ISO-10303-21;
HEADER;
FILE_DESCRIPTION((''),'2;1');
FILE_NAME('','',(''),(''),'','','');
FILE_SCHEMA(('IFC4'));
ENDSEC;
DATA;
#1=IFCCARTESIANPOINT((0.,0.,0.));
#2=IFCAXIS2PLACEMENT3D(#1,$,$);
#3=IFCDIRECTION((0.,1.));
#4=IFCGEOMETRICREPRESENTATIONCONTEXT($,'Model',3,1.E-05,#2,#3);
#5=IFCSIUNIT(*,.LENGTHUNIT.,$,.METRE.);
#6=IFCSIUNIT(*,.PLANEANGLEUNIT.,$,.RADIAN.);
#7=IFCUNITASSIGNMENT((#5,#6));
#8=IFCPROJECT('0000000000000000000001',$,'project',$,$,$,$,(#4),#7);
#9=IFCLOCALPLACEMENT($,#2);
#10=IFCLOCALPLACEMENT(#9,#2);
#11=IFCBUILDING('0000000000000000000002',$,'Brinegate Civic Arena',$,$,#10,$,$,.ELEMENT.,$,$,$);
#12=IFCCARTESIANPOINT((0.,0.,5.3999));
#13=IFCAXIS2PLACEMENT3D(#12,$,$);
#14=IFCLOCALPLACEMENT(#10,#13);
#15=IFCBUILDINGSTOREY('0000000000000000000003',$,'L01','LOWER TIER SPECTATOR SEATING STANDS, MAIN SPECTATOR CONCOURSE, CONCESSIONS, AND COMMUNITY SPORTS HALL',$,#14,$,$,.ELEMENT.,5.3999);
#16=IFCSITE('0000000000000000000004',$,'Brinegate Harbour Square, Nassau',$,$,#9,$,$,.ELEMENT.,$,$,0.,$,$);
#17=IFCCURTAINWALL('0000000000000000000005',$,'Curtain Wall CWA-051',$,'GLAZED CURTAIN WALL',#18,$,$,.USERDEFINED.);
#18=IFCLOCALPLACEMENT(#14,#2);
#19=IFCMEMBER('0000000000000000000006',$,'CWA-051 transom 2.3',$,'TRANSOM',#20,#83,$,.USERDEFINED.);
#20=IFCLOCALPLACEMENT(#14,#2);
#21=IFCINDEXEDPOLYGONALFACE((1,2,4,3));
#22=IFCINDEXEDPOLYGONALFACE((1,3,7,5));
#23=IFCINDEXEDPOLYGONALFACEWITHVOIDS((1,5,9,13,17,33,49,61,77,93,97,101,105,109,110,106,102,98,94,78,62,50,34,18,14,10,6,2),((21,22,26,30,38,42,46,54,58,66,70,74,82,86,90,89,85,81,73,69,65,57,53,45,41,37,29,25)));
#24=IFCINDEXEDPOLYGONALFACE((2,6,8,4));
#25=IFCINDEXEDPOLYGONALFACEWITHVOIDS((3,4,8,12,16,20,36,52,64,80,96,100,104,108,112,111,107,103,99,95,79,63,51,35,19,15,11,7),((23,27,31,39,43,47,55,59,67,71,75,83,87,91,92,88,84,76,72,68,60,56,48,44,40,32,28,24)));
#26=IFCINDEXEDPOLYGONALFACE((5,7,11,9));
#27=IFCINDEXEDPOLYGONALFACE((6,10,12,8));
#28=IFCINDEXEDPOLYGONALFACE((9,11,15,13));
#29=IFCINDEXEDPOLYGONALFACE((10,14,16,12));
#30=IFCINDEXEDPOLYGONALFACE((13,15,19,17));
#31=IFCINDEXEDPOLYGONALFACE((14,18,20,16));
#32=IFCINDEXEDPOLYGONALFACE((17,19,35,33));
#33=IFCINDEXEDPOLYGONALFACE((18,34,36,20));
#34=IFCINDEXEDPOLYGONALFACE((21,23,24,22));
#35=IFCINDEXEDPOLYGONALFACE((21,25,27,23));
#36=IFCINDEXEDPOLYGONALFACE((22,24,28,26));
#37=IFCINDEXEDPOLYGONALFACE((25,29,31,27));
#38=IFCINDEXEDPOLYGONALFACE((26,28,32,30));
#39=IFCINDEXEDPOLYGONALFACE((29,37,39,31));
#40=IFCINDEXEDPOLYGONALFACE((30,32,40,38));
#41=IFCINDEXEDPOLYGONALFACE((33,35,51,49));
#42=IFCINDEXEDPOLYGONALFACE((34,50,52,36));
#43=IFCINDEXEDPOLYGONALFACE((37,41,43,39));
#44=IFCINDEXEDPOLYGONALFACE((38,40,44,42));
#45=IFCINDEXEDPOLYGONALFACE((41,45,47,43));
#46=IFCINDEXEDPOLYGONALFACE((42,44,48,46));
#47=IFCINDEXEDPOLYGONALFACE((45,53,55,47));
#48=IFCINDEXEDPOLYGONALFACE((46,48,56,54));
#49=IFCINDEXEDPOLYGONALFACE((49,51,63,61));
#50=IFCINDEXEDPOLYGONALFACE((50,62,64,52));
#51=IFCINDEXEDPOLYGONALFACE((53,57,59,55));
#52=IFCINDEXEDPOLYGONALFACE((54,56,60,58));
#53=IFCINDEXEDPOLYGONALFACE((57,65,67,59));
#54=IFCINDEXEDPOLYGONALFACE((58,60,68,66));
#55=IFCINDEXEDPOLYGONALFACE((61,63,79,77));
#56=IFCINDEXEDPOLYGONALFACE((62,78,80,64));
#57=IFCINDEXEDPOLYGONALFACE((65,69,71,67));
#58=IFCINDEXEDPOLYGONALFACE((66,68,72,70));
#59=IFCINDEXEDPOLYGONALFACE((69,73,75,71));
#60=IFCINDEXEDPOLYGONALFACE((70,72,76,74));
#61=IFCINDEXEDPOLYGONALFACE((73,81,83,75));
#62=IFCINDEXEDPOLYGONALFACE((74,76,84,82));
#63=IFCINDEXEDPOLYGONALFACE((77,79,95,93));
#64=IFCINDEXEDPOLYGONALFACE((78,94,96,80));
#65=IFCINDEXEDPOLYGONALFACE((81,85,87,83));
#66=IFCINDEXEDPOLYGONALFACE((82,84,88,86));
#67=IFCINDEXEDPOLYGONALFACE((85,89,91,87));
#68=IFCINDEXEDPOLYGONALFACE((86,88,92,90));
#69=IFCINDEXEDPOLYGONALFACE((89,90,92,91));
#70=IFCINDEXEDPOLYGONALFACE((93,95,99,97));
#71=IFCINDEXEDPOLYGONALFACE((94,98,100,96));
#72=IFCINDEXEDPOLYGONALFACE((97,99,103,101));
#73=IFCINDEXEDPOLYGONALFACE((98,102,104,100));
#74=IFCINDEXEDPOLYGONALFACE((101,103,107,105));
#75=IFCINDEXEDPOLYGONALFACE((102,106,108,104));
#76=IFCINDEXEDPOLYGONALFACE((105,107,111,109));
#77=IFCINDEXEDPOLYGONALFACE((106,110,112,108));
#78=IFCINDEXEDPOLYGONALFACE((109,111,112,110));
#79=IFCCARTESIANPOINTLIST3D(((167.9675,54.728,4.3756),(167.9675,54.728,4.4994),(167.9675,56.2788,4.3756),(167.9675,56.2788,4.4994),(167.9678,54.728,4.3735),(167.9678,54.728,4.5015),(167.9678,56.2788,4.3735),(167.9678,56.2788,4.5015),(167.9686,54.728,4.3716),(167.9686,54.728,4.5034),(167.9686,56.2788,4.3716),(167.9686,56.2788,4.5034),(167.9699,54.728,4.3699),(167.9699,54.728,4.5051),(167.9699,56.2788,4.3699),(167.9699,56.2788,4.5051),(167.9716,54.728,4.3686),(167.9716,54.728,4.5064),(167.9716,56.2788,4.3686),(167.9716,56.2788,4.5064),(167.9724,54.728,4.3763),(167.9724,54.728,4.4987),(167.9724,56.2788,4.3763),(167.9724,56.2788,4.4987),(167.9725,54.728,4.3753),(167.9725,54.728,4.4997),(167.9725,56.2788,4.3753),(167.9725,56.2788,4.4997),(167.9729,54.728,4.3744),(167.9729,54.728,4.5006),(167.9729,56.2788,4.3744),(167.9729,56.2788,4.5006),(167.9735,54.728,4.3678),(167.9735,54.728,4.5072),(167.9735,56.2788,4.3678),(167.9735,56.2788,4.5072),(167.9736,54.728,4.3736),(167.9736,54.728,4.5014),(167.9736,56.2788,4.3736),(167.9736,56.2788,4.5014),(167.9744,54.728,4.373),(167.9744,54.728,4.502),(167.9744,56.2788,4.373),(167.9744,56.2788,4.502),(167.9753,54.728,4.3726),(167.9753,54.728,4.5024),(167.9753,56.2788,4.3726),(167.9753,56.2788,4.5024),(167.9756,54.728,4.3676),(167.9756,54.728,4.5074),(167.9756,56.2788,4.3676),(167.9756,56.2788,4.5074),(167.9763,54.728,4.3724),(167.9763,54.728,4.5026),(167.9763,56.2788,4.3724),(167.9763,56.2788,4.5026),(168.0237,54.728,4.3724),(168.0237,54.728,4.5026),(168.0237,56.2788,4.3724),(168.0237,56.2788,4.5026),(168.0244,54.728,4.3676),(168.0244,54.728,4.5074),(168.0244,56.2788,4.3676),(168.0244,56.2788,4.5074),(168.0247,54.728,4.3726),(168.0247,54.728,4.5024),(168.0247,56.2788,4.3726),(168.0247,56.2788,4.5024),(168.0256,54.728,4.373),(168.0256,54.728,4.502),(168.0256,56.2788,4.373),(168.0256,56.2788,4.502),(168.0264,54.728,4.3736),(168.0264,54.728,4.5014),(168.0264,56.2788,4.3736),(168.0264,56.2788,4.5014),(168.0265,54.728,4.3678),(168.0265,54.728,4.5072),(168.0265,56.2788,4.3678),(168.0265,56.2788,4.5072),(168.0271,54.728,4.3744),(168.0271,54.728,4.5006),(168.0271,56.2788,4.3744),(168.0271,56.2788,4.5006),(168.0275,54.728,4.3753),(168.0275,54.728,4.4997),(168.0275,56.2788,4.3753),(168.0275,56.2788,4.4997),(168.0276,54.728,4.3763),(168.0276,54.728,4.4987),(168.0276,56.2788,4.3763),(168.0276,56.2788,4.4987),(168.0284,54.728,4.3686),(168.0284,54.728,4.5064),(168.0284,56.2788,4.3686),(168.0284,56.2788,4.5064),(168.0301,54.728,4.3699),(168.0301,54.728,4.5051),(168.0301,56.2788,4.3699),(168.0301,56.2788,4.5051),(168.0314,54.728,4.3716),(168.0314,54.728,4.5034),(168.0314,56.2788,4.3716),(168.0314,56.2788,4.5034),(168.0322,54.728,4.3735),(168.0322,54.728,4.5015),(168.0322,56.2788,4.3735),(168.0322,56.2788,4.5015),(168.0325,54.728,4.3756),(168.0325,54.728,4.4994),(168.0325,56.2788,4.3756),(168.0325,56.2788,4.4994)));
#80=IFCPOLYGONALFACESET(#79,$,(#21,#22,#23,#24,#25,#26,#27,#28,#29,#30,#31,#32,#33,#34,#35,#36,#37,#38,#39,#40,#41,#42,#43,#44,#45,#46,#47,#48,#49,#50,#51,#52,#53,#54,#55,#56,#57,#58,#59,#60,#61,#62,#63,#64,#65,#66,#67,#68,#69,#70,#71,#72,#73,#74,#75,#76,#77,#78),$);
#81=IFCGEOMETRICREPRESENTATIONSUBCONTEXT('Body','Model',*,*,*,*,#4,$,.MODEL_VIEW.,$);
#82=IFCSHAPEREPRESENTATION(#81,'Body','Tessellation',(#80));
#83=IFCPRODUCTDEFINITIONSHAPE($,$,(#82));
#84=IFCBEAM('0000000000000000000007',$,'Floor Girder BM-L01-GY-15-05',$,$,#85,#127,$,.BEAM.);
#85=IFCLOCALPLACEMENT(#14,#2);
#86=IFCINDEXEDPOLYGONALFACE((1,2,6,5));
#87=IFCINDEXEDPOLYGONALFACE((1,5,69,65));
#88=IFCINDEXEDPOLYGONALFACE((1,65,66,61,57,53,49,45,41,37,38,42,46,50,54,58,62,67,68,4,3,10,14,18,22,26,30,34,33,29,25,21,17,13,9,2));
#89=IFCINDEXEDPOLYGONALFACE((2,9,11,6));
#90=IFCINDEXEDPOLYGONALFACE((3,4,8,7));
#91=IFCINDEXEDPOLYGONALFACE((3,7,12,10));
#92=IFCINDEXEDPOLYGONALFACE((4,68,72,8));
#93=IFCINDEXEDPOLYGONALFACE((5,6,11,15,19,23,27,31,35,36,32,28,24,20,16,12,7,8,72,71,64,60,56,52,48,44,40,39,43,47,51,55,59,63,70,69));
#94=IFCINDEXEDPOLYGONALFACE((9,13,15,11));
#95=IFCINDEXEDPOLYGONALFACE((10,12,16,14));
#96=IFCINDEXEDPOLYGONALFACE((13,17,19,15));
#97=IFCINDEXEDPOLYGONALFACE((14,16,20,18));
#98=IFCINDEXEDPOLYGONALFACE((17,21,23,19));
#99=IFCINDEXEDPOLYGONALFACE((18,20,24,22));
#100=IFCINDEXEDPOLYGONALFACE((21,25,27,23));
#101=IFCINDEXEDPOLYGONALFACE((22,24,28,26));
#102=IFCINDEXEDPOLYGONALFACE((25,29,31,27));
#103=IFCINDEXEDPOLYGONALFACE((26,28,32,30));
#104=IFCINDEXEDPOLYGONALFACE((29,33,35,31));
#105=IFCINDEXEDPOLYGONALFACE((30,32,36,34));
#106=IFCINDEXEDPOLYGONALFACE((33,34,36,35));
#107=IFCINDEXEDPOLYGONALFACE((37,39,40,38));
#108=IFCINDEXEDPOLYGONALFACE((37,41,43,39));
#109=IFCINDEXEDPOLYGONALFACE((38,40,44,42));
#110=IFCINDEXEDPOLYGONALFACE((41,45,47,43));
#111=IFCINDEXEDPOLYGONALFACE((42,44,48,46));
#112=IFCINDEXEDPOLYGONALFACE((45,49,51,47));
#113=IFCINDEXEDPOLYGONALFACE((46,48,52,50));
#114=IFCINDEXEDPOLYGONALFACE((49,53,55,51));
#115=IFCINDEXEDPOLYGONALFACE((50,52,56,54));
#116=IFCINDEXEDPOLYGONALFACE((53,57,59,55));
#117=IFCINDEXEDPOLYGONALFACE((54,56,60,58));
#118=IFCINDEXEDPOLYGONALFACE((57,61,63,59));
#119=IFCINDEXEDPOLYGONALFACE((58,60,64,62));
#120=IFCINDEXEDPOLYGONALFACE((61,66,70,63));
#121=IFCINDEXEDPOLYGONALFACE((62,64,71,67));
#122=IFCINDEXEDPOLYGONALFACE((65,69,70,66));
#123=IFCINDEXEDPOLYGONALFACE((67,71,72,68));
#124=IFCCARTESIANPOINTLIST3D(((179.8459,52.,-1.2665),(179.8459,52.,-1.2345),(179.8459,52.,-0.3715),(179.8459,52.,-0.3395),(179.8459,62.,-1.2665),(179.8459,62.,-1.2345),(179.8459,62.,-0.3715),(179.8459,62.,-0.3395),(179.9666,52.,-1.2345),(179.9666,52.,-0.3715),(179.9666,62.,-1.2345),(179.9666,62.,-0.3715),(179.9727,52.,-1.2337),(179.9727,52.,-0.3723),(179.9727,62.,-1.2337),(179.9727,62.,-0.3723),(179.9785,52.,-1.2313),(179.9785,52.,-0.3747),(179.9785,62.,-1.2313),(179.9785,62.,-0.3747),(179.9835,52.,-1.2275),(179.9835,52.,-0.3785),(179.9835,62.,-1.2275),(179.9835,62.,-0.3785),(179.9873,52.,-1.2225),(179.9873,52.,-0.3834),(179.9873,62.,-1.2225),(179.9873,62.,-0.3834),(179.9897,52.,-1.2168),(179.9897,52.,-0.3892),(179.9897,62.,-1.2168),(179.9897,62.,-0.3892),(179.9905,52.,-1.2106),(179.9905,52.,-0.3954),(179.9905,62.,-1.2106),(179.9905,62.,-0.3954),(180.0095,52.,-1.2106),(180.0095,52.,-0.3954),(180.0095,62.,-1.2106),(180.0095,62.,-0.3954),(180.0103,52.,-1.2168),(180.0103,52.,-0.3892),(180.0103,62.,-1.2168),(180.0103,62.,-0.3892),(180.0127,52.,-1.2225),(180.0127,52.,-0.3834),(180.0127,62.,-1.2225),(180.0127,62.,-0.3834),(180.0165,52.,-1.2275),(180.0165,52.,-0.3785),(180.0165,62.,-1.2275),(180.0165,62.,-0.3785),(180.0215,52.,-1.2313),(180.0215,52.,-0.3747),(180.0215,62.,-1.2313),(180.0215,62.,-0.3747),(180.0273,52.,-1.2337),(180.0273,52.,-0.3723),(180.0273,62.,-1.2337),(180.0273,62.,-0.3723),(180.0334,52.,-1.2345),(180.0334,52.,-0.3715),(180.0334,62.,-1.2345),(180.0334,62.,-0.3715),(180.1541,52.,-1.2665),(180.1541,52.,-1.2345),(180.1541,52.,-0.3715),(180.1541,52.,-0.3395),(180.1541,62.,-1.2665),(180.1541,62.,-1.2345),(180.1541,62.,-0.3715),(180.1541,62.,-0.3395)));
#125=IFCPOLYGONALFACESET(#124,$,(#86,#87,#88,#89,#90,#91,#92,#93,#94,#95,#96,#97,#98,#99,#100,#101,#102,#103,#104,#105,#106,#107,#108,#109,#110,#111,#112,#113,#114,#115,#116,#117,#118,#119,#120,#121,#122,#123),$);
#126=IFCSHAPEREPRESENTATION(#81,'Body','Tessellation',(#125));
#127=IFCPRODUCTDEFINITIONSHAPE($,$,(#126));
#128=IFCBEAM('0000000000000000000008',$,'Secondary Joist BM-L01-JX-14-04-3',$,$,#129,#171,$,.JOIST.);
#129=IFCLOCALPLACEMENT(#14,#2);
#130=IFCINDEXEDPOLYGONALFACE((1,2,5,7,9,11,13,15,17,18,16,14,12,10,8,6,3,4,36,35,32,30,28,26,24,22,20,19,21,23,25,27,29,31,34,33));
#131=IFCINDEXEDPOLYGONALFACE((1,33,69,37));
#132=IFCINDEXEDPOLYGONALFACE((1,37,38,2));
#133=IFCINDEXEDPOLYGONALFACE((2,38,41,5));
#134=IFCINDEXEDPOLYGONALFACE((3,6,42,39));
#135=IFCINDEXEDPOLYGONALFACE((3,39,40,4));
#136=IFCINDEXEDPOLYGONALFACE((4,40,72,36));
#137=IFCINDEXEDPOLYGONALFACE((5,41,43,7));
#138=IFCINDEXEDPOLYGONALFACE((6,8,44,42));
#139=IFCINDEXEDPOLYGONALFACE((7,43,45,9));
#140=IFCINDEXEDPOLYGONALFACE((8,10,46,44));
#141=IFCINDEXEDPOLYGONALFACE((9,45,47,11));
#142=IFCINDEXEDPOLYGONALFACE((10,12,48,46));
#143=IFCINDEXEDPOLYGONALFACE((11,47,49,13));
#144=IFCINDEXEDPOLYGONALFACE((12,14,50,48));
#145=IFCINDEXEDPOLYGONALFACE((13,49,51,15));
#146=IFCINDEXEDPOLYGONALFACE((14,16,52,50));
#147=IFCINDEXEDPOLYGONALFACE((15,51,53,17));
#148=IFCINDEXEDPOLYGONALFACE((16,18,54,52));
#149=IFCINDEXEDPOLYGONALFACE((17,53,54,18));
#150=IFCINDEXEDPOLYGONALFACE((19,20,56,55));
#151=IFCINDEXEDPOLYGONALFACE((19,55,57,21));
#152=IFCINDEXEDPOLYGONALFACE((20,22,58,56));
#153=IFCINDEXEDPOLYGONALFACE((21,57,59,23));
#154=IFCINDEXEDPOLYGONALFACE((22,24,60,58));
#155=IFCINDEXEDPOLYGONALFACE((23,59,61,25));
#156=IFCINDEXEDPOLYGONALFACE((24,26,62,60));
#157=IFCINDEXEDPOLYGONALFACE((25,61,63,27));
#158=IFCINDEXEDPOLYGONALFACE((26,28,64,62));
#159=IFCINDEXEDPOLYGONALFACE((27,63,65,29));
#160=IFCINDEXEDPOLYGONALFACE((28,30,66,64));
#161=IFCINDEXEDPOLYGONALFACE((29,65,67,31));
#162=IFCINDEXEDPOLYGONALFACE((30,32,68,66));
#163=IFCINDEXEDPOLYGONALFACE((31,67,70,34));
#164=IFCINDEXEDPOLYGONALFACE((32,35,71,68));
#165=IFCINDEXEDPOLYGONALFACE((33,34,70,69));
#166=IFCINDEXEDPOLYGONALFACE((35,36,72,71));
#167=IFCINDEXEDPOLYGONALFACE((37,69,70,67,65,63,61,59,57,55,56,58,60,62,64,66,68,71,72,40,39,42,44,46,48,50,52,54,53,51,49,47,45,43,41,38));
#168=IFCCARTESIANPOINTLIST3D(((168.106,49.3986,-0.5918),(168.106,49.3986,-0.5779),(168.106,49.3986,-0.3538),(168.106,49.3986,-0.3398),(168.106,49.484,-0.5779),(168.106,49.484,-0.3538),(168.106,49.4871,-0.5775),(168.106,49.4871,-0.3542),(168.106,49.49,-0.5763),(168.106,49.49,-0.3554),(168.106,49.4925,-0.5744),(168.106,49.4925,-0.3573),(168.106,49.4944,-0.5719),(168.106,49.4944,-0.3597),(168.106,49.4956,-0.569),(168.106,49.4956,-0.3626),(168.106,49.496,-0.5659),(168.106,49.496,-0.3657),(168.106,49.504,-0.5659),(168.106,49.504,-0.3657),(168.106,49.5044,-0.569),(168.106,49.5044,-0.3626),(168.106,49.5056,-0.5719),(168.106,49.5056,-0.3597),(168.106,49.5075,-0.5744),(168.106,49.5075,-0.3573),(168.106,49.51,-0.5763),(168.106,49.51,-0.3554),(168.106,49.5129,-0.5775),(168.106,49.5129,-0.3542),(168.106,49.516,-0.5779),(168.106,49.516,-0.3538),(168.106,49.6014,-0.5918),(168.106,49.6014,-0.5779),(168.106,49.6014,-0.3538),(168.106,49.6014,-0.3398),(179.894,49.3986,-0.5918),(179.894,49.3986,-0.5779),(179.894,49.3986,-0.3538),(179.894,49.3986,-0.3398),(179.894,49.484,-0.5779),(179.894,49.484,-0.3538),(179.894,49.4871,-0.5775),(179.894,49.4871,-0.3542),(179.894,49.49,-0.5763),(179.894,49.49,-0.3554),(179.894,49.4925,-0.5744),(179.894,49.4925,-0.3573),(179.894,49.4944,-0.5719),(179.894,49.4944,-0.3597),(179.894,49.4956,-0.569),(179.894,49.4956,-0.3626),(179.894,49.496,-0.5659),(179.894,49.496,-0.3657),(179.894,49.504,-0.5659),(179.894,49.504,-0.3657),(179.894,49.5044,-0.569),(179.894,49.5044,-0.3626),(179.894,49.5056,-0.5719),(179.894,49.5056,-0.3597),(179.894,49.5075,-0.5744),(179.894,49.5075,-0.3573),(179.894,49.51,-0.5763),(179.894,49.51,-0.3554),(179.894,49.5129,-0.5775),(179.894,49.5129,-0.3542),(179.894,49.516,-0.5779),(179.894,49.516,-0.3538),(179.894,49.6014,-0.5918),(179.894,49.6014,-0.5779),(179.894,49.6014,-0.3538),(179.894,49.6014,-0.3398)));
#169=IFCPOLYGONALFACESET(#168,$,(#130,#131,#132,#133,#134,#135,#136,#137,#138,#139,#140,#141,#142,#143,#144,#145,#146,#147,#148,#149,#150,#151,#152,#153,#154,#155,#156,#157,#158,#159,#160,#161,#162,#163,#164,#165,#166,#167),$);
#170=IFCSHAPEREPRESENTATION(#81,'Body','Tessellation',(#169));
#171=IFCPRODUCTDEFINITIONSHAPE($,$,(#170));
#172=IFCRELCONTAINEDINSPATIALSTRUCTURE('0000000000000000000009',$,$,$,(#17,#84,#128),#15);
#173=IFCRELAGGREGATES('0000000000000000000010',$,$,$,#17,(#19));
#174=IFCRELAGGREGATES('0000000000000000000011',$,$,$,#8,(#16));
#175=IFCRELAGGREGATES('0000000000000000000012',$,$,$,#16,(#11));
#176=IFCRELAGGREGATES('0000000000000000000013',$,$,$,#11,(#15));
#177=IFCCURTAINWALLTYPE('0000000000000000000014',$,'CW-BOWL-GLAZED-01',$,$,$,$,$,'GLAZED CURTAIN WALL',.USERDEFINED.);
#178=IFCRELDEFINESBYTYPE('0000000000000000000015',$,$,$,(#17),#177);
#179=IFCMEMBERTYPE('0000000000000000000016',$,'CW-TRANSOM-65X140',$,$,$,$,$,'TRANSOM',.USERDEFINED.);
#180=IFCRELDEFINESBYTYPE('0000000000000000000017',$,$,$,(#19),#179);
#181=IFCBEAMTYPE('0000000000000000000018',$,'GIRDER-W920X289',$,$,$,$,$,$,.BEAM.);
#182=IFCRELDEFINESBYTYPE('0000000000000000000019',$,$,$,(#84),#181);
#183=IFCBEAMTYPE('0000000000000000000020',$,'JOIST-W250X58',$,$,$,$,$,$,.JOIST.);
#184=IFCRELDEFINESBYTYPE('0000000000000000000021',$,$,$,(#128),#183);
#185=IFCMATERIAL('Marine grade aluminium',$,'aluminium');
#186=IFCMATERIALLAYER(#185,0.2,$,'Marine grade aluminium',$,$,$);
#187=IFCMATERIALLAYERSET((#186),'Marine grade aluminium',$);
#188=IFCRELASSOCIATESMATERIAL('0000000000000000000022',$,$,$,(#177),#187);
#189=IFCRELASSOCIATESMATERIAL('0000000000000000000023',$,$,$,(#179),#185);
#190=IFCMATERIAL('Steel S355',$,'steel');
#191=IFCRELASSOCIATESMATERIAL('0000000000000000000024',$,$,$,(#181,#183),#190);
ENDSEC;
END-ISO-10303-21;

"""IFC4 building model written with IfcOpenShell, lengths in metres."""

from ifc_helpers import new_model, si_unit, direction, frame, origin, origin_2d, place, context, subcontext, project, spatial, hollow_rectangle, i_section, extrude, material, layer, layer_set, material_profile, profile_set, type_object, element, aggregate, save


model = new_model("IFC4")

# Units and contexts
model_context = context("Model", 3, precision=1e-05, world=origin(), true_north=direction((0.0, 1.0)))
body_context = subcontext(model_context, "Body", "Model", "MODEL_VIEW")
ifc_project = project(units=[si_unit("LENGTHUNIT", "METRE"), si_unit("PLANEANGLEUNIT", "RADIAN")], contexts=[model_context])

# Site, building, storey
site_placement = place(None, origin())
site = spatial("IfcSite", under=ifc_project, at=site_placement, Name="Brinegate Harbour Square, Nassau", CompositionType="ELEMENT", RefElevation=0.0)
building_placement = place(site_placement, origin())
building = spatial("IfcBuilding", under=site, at=building_placement, Name="Brinegate Civic Arena", CompositionType="ELEMENT")
storey_placement = place(building_placement, frame((0.0, 0.0, 5.3999)))
storey = spatial("IfcBuildingStorey", under=building, at=storey_placement, Name="L01", Description="LOWER TIER SPECTATOR SEATING STANDS, MAIN SPECTATOR CONCOURSE, CONCESSIONS, AND COMMUNITY SPORTS HALL", CompositionType="ELEMENT", Elevation=5.3999)

# Curtain wall
ifc_material_1 = material(Name="Marine grade aluminium", Category="aluminium")
ifc_layer_1 = layer(ifc_material_1, 0.2, Name="Marine grade aluminium")
ifc_layer_set_1 = layer_set([ifc_layer_1], Name="Marine grade aluminium")
curtain_wall_type = type_object("IfcCurtainWallType", Name="CW-BOWL-GLAZED-01", ElementType="GLAZED CURTAIN WALL", PredefinedType="USERDEFINED", material=ifc_layer_set_1)
curtain_wall_1_placement = place(storey_placement, origin())
curtain_wall_1 = element("IfcCurtainWall", 1, at=curtain_wall_1_placement, inside=storey, type_object=curtain_wall_type, Name="Curtain Wall CWA-051", ObjectType="GLAZED CURTAIN WALL", PredefinedType="USERDEFINED")

# Member
ifc_material_profile_1 = material_profile(ifc_material_1, hollow_rectangle(XDim=0.0649, YDim=0.1399, WallThickness=0.0049, InnerFilletRadius=0.0039, OuterFilletRadius=0.0081, at=origin_2d()), Name="TRN65X140")
ifc_profile_set_1 = profile_set([ifc_material_profile_1], Name="Marine grade aluminium")
member_type_1 = type_object("IfcMemberType", Name="CW-TRANSOM-65X140", ElementType="TRANSOM", PredefinedType="USERDEFINED", material=ifc_profile_set_1)
member_1_placement = place(storey_placement, frame((168.0, 54.728, 4.4375), z_axis=(0.0, 1.0, 0.0), x_axis=(-1.0, 0.0, 0.0)))
member_1 = element("IfcMember", 2, at=member_1_placement, type_object=member_type_1, Name="CWA-051 transom 2.3", ObjectType="TRANSOM", PredefinedType="USERDEFINED", context=body_context, shape_type="SweptSolid", body=[
    extrude(hollow_rectangle(XDim=0.0649, YDim=0.1399, WallThickness=0.0049, InnerFilletRadius=0.0039, OuterFilletRadius=0.0081, at=origin_2d()), origin(), (0.0, 0.0, 1.0), 1.5508),
])

# Beams
ifc_material_2 = material(Name="Steel S355", Category="steel")
ifc_material_profile_2 = material_profile(ifc_material_2, i_section(OverallWidth=0.3081, OverallDepth=0.927, WebThickness=0.019, FlangeThickness=0.032, FilletRadius=0.0239, at=origin_2d()), Name="W920X289")
ifc_profile_set_2 = profile_set([ifc_material_profile_2], Name="Steel S355")
beam_type_1 = type_object("IfcBeamType", Name="GIRDER-W920X289", PredefinedType="BEAM", material=ifc_profile_set_2)
beam_1_placement = place(storey_placement, frame((180.0, 52.0, -0.803), z_axis=(0.0, 1.0, 0.0), x_axis=(-1.0, 0.0, 0.0)))
element("IfcBeam", 3, at=beam_1_placement, inside=storey, type_object=beam_type_1, Name="Floor Girder BM-L01-GY-15-05", PredefinedType="BEAM", context=body_context, shape_type="SweptSolid", body=[
    extrude(i_section(OverallWidth=0.3081, OverallDepth=0.927, WebThickness=0.019, FlangeThickness=0.032, FilletRadius=0.0239, at=origin_2d()), origin(), (0.0, 0.0, 1.0), 10.0),
])
ifc_material_profile_3 = material_profile(ifc_material_2, i_section(OverallWidth=0.2029, OverallDepth=0.252, WebThickness=0.0081, FlangeThickness=0.0139, FilletRadius=0.012, at=origin_2d()), Name="W250X58")
ifc_profile_set_3 = profile_set([ifc_material_profile_3], Name="Steel S355")
beam_type_2 = type_object("IfcBeamType", Name="JOIST-W250X58", PredefinedType="JOIST", material=ifc_profile_set_3)
beam_2_placement = place(storey_placement, frame((168.106, 49.5, -0.4658), z_axis=(1.0, 0.0, 0.0), x_axis=(0.0, 1.0, 0.0)))
element("IfcBeam", 4, at=beam_2_placement, inside=storey, type_object=beam_type_2, Name="Secondary Joist BM-L01-JX-14-04-3", PredefinedType="JOIST", context=body_context, shape_type="SweptSolid", body=[
    extrude(i_section(OverallWidth=0.2029, OverallDepth=0.252, WebThickness=0.0081, FlangeThickness=0.0139, FilletRadius=0.012, at=origin_2d()), origin(), (0.0, 0.0, 1.0), 11.7881),
])

aggregate(curtain_wall_1, [member_1])

save(model, "model.ifc")
